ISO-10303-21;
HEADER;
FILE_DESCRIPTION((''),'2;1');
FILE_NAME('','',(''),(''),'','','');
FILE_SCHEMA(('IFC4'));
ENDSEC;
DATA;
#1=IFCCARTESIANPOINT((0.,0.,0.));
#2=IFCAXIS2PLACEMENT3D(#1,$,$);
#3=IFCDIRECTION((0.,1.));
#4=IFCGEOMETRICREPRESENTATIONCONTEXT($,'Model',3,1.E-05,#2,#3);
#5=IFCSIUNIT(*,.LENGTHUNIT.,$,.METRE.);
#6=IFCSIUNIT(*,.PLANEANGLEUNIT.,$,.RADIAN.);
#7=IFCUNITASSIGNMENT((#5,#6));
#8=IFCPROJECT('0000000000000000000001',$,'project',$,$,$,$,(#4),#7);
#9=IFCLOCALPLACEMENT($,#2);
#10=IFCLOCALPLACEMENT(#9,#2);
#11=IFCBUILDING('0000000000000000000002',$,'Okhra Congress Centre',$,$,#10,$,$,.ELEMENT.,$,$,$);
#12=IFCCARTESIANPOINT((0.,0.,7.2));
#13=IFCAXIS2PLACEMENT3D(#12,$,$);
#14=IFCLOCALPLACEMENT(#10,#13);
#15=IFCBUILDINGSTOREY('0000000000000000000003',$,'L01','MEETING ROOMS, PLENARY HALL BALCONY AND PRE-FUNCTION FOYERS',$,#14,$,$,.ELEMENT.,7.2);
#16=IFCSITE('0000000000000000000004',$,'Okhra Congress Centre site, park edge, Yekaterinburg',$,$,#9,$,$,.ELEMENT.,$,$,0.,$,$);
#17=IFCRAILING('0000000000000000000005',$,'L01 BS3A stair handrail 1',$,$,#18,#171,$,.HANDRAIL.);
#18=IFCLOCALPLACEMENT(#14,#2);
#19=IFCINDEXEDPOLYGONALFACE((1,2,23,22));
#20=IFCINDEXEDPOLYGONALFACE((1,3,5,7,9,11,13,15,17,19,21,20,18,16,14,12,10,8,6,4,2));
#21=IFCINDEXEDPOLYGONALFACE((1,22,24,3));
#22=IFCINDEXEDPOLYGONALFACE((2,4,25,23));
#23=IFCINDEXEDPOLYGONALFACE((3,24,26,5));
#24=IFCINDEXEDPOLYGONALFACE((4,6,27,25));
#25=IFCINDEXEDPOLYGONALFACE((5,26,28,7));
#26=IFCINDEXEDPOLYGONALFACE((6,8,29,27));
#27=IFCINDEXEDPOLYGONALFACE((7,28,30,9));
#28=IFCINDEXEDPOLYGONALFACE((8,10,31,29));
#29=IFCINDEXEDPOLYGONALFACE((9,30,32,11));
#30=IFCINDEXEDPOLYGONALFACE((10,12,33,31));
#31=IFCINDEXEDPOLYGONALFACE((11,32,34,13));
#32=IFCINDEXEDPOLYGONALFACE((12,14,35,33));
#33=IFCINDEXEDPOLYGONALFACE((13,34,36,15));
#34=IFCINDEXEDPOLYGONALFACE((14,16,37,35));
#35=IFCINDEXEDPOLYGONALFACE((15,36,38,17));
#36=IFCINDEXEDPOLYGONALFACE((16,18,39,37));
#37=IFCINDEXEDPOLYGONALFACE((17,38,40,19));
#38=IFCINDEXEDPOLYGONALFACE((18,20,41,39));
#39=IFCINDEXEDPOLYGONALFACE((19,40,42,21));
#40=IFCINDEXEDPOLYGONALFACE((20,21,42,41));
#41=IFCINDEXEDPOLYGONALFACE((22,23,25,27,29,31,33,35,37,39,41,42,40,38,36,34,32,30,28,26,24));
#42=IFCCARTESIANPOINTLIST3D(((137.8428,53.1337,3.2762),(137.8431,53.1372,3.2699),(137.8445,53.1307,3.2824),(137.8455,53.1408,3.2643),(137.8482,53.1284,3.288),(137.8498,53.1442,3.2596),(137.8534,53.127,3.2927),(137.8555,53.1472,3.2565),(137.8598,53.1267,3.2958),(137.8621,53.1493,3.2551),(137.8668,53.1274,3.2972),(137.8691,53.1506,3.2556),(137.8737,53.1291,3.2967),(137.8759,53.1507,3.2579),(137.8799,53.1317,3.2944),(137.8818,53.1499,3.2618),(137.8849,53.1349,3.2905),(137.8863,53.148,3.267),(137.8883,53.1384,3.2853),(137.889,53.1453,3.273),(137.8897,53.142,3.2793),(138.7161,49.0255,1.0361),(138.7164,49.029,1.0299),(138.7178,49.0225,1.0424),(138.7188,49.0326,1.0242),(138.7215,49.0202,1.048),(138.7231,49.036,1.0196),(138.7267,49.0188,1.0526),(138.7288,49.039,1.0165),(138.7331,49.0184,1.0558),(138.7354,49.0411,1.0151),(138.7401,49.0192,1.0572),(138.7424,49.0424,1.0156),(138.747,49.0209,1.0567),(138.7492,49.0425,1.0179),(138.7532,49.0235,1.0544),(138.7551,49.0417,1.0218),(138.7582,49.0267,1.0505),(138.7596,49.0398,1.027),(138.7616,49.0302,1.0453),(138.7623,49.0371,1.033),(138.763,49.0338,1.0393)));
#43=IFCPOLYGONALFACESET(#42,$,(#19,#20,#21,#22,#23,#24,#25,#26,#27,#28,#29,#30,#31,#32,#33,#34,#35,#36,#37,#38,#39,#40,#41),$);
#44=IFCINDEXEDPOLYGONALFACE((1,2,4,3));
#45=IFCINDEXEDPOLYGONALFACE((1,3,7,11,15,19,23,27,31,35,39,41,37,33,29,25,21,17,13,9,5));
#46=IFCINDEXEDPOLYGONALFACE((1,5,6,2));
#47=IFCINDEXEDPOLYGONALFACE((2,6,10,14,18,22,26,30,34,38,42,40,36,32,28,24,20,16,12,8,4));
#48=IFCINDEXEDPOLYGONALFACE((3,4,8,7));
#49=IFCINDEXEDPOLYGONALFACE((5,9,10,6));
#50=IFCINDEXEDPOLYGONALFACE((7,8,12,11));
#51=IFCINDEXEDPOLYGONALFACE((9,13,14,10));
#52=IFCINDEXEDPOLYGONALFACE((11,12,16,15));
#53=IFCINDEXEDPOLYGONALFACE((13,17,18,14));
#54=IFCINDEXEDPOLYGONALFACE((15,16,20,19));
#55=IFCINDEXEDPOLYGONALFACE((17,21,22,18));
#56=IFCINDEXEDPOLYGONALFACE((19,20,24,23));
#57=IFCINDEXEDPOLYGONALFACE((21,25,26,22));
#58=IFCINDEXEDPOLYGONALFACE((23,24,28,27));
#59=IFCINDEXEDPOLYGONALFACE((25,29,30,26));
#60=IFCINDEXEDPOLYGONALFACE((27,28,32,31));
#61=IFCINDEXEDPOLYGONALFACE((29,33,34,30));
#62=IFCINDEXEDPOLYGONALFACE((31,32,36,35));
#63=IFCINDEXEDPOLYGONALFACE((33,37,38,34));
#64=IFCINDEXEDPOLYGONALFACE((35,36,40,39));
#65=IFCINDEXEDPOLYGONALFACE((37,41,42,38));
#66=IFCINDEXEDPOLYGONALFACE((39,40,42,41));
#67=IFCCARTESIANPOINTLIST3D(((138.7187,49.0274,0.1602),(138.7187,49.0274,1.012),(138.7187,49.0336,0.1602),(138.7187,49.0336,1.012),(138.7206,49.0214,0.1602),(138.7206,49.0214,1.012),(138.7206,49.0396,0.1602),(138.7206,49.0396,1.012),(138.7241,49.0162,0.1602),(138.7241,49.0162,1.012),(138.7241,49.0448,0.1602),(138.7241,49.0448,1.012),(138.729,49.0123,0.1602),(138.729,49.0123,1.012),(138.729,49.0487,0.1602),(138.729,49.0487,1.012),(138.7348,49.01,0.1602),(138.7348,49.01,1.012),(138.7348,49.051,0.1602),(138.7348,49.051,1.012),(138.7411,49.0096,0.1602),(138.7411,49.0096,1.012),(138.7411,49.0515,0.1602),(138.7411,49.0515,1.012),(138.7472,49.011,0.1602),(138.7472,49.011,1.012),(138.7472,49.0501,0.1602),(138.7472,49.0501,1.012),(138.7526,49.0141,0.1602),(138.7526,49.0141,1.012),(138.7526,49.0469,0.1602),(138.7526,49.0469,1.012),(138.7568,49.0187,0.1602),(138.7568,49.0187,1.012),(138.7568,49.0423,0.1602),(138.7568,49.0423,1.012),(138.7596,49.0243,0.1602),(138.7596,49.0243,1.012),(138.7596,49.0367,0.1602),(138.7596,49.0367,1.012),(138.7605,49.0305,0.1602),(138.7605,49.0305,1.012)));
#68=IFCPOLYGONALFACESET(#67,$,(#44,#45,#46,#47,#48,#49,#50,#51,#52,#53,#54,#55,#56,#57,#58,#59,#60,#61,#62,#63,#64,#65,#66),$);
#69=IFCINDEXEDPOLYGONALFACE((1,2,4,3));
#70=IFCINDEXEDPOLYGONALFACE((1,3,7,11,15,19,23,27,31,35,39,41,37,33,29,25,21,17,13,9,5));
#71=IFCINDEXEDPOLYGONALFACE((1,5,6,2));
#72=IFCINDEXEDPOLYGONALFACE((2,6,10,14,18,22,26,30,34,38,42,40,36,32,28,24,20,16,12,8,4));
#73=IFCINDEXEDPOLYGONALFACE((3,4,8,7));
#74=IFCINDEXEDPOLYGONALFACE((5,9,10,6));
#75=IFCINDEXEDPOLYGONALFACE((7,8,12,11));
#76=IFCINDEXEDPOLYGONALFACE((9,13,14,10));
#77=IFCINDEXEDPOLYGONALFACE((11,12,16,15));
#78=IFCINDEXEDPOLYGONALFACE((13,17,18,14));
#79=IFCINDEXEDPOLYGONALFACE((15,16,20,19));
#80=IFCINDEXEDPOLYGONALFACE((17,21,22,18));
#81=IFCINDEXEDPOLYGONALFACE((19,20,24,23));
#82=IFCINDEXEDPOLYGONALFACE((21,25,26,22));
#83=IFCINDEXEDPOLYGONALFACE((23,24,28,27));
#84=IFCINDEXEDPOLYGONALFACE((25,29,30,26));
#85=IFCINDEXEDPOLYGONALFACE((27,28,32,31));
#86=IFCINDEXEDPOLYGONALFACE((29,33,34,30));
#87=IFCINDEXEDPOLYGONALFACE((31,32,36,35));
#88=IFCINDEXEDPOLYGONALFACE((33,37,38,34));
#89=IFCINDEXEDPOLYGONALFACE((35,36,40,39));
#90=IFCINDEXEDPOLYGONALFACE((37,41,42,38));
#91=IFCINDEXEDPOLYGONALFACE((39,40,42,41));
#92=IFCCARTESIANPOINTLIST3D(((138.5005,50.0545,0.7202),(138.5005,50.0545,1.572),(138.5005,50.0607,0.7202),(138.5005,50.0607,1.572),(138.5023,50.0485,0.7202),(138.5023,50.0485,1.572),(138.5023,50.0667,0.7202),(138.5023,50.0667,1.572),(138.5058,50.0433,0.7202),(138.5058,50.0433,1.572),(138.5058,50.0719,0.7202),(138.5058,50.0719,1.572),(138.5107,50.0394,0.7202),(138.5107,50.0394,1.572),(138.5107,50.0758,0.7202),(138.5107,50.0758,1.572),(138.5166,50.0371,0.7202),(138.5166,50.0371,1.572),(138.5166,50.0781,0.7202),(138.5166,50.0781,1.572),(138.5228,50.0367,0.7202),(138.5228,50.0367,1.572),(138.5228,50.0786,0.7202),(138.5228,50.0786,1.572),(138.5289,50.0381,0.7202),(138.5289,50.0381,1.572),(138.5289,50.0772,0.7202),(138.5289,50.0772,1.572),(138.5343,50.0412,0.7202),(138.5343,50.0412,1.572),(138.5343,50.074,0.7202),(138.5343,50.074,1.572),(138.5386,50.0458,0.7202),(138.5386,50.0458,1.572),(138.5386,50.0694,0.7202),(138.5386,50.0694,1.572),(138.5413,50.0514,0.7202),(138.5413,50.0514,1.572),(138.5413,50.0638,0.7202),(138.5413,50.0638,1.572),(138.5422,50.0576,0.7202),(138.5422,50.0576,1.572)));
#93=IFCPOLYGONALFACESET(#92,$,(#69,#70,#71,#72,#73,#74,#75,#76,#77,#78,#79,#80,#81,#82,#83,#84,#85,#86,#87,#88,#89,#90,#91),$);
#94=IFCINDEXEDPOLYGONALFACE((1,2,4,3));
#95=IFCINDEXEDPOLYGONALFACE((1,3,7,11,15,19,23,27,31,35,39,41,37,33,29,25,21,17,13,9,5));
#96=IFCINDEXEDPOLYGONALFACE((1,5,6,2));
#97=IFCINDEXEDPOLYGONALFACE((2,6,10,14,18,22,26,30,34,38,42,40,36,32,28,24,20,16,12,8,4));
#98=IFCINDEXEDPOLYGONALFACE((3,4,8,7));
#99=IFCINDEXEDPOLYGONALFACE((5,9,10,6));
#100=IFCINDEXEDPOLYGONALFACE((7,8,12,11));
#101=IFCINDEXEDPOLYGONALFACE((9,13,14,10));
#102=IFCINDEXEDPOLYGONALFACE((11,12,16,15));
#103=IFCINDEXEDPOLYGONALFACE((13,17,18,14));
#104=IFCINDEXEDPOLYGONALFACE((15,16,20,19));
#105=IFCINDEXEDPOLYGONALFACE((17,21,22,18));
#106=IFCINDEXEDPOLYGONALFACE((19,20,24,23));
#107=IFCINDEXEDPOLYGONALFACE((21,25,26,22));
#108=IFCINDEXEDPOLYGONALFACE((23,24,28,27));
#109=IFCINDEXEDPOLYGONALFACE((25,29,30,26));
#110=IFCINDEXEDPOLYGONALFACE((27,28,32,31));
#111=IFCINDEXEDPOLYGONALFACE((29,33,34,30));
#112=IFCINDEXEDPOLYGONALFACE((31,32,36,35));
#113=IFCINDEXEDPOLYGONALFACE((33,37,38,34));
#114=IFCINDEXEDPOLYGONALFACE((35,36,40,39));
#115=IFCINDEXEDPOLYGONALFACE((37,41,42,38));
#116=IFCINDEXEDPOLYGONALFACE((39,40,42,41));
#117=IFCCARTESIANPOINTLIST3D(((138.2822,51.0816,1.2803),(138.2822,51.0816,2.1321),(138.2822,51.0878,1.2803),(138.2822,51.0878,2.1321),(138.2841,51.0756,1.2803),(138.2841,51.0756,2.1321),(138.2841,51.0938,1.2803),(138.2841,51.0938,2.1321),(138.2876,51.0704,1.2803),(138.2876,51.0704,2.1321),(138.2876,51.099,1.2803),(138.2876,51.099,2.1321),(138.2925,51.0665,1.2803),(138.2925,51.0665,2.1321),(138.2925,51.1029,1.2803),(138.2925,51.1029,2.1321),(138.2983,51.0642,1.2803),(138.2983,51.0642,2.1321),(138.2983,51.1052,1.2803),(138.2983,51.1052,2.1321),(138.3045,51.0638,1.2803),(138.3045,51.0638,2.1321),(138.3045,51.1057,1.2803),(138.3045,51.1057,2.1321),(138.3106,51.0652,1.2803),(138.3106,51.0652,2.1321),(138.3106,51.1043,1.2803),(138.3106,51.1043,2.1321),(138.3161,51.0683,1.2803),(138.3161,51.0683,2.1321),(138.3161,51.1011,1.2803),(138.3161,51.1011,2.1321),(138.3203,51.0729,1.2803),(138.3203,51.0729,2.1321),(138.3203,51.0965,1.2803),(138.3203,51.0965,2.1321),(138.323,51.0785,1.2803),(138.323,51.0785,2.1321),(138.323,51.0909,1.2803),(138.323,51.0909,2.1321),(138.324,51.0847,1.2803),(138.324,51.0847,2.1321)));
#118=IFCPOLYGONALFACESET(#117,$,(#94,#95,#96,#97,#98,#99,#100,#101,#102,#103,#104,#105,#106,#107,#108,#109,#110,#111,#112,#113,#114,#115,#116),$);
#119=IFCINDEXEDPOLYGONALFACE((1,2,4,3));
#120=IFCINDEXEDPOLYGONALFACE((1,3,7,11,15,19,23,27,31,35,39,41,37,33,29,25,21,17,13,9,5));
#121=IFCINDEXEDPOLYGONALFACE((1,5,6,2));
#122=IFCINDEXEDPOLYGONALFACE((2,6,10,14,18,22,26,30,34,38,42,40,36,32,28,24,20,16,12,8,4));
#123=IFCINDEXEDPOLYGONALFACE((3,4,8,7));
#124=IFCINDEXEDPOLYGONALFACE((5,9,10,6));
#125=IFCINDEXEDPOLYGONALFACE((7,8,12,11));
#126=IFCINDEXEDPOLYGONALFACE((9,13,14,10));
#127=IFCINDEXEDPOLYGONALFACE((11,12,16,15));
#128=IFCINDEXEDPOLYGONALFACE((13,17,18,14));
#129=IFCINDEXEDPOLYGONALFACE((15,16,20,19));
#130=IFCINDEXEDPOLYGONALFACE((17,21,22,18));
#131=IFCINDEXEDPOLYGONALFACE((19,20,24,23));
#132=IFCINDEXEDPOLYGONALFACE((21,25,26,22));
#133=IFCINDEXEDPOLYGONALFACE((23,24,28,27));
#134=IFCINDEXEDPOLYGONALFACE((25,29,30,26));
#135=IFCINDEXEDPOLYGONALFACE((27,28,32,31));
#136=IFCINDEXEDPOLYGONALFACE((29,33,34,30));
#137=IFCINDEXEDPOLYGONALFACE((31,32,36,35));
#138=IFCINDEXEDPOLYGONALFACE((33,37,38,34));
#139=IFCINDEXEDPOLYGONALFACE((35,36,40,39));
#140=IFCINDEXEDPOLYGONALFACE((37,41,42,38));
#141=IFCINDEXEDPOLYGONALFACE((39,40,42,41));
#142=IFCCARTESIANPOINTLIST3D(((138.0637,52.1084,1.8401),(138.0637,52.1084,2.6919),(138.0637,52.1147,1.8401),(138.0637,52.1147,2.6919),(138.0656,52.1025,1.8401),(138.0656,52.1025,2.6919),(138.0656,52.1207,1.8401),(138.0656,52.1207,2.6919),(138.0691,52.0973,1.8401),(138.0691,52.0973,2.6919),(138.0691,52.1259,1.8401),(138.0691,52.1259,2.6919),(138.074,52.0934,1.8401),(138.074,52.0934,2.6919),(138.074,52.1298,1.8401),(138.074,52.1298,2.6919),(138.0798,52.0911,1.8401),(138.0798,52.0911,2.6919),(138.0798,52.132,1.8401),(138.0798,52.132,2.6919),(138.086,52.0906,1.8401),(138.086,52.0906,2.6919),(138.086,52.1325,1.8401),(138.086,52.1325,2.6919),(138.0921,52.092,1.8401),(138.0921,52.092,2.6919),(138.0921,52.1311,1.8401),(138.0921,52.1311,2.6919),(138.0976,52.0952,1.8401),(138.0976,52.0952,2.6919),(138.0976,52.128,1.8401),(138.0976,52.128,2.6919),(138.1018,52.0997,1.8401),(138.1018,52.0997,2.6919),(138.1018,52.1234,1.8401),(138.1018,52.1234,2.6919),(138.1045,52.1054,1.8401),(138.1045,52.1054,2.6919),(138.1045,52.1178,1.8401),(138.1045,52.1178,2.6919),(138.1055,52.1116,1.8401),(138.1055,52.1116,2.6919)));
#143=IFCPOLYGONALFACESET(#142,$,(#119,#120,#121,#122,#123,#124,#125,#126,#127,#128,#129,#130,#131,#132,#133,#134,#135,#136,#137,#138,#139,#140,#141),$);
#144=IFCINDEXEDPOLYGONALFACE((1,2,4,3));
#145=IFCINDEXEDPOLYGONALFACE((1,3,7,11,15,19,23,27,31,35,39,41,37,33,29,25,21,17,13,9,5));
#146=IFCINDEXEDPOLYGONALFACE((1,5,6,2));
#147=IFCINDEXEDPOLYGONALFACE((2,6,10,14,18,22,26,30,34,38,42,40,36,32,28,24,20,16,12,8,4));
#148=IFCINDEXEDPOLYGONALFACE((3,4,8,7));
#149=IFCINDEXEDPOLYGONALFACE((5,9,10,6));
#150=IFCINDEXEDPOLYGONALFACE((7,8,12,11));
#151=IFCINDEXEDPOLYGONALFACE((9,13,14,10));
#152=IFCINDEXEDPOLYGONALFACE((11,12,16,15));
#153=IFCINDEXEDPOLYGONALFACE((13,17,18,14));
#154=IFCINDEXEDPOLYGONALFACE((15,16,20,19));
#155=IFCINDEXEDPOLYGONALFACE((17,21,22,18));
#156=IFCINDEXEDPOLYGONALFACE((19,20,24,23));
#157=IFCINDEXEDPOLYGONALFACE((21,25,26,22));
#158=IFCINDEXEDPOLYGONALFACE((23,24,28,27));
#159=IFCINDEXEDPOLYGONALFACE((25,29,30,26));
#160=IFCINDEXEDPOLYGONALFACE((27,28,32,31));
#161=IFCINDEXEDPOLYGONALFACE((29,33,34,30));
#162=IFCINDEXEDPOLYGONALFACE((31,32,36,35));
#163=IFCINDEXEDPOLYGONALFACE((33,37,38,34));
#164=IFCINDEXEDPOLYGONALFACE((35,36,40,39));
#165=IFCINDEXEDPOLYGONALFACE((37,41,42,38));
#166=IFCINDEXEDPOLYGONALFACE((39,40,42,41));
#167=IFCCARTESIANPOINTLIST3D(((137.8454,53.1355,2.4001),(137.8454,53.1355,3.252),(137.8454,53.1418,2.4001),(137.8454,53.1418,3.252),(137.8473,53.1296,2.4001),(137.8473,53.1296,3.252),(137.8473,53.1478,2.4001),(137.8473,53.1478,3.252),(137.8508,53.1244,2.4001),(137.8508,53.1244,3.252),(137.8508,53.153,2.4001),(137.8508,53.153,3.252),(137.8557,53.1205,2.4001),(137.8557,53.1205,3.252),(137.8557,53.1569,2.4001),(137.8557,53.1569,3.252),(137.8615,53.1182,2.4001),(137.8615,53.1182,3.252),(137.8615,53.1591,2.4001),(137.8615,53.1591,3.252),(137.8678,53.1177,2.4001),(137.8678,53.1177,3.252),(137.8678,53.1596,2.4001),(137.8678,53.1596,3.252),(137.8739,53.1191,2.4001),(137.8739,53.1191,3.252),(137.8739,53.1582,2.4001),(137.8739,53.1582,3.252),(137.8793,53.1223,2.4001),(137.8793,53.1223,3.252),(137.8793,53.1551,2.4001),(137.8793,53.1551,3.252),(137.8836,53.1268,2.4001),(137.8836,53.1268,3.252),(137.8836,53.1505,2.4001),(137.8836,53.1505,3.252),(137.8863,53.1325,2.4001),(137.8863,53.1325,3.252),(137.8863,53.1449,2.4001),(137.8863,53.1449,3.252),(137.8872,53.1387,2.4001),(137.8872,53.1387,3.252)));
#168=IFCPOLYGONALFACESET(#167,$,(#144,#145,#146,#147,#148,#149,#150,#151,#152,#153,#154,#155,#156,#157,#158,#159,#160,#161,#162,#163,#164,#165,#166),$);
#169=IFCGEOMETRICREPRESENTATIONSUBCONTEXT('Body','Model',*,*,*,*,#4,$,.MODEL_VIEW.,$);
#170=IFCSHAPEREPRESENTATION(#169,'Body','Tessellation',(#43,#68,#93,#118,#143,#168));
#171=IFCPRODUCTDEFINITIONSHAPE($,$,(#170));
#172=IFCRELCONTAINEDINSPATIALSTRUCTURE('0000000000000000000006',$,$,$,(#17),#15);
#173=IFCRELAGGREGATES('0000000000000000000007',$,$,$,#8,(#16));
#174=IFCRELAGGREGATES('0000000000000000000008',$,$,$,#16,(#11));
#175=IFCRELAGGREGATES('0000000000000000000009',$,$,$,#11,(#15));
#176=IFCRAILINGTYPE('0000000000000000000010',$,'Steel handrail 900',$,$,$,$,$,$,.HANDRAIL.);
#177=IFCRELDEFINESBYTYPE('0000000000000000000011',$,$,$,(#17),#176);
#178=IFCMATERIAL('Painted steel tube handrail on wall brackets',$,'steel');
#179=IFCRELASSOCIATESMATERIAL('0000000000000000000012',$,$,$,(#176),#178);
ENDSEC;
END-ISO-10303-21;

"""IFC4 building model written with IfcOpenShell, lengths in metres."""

from ifc_helpers import new_model, si_unit, direction, frame, origin, origin_2d, place, context, subcontext, project, spatial, circle, extrude, material, type_object, element, save


model = new_model("IFC4")

# Units and contexts
model_context = context("Model", 3, precision=1e-05, world=origin(), true_north=direction((0.0, 1.0)))
body_context = subcontext(model_context, "Body", "Model", "MODEL_VIEW")
ifc_project = project(units=[si_unit("LENGTHUNIT", "METRE"), si_unit("PLANEANGLEUNIT", "RADIAN")], contexts=[model_context])

# Site, building, storey
site_placement = place(None, origin())
site = spatial("IfcSite", under=ifc_project, at=site_placement, Name="Okhra Congress Centre site, park edge, Yekaterinburg", CompositionType="ELEMENT", RefElevation=0.0)
building_placement = place(site_placement, origin())
building = spatial("IfcBuilding", under=site, at=building_placement, Name="Okhra Congress Centre", CompositionType="ELEMENT")
storey_placement = place(building_placement, frame((0.0, 0.0, 7.2)))
storey = spatial("IfcBuildingStorey", under=building, at=storey_placement, Name="L01", Description="MEETING ROOMS, PLENARY HALL BALCONY AND PRE-FUNCTION FOYERS", CompositionType="ELEMENT", Elevation=7.2)

# Railing
ifc_material_1 = material(Name="Painted steel tube handrail on wall brackets", Category="steel")
railing_type_1 = type_object("IfcRailingType", Name="Steel handrail 900", PredefinedType="HANDRAIL", material=ifc_material_1)
railing_1_placement = place(storey_placement, frame((138.7395, 49.0305, 0.1602)))
element("IfcRailing", 1, at=railing_1_placement, inside=storey, type_object=railing_type_1, Name="L01 BS3A stair handrail 1", PredefinedType="HANDRAIL", context=body_context, shape_type="SweptSolid", body=[
    extrude(circle(Radius=0.0239, at=origin_2d()), frame((0.0, 0.0, 0.876), z_axis=(-0.183466, 0.863067, 0.470591), x_axis=(-0.978144, -0.207929, 0.0)), (0.0, 0.0, 1.0), 4.76),
    extrude(circle(Radius=0.021, at=origin_2d()), origin(), (0.0, 0.0, 1.0), 0.8518),
    extrude(circle(Radius=0.021, at=origin_2d()), frame((-0.2183, 1.0271, 0.5601)), (0.0, 0.0, 1.0), 0.8518),
    extrude(circle(Radius=0.021, at=origin_2d()), frame((-0.4365, 2.0542, 1.1201)), (0.0, 0.0, 1.0), 0.8518),
    extrude(circle(Radius=0.021, at=origin_2d()), frame((-0.655, 3.0811, 1.6799)), (0.0, 0.0, 1.0), 0.8518),
    extrude(circle(Radius=0.021, at=origin_2d()), frame((-0.8733, 4.1082, 2.24)), (0.0, 0.0, 1.0), 0.8518),
])

save(model, "model.ifc")
